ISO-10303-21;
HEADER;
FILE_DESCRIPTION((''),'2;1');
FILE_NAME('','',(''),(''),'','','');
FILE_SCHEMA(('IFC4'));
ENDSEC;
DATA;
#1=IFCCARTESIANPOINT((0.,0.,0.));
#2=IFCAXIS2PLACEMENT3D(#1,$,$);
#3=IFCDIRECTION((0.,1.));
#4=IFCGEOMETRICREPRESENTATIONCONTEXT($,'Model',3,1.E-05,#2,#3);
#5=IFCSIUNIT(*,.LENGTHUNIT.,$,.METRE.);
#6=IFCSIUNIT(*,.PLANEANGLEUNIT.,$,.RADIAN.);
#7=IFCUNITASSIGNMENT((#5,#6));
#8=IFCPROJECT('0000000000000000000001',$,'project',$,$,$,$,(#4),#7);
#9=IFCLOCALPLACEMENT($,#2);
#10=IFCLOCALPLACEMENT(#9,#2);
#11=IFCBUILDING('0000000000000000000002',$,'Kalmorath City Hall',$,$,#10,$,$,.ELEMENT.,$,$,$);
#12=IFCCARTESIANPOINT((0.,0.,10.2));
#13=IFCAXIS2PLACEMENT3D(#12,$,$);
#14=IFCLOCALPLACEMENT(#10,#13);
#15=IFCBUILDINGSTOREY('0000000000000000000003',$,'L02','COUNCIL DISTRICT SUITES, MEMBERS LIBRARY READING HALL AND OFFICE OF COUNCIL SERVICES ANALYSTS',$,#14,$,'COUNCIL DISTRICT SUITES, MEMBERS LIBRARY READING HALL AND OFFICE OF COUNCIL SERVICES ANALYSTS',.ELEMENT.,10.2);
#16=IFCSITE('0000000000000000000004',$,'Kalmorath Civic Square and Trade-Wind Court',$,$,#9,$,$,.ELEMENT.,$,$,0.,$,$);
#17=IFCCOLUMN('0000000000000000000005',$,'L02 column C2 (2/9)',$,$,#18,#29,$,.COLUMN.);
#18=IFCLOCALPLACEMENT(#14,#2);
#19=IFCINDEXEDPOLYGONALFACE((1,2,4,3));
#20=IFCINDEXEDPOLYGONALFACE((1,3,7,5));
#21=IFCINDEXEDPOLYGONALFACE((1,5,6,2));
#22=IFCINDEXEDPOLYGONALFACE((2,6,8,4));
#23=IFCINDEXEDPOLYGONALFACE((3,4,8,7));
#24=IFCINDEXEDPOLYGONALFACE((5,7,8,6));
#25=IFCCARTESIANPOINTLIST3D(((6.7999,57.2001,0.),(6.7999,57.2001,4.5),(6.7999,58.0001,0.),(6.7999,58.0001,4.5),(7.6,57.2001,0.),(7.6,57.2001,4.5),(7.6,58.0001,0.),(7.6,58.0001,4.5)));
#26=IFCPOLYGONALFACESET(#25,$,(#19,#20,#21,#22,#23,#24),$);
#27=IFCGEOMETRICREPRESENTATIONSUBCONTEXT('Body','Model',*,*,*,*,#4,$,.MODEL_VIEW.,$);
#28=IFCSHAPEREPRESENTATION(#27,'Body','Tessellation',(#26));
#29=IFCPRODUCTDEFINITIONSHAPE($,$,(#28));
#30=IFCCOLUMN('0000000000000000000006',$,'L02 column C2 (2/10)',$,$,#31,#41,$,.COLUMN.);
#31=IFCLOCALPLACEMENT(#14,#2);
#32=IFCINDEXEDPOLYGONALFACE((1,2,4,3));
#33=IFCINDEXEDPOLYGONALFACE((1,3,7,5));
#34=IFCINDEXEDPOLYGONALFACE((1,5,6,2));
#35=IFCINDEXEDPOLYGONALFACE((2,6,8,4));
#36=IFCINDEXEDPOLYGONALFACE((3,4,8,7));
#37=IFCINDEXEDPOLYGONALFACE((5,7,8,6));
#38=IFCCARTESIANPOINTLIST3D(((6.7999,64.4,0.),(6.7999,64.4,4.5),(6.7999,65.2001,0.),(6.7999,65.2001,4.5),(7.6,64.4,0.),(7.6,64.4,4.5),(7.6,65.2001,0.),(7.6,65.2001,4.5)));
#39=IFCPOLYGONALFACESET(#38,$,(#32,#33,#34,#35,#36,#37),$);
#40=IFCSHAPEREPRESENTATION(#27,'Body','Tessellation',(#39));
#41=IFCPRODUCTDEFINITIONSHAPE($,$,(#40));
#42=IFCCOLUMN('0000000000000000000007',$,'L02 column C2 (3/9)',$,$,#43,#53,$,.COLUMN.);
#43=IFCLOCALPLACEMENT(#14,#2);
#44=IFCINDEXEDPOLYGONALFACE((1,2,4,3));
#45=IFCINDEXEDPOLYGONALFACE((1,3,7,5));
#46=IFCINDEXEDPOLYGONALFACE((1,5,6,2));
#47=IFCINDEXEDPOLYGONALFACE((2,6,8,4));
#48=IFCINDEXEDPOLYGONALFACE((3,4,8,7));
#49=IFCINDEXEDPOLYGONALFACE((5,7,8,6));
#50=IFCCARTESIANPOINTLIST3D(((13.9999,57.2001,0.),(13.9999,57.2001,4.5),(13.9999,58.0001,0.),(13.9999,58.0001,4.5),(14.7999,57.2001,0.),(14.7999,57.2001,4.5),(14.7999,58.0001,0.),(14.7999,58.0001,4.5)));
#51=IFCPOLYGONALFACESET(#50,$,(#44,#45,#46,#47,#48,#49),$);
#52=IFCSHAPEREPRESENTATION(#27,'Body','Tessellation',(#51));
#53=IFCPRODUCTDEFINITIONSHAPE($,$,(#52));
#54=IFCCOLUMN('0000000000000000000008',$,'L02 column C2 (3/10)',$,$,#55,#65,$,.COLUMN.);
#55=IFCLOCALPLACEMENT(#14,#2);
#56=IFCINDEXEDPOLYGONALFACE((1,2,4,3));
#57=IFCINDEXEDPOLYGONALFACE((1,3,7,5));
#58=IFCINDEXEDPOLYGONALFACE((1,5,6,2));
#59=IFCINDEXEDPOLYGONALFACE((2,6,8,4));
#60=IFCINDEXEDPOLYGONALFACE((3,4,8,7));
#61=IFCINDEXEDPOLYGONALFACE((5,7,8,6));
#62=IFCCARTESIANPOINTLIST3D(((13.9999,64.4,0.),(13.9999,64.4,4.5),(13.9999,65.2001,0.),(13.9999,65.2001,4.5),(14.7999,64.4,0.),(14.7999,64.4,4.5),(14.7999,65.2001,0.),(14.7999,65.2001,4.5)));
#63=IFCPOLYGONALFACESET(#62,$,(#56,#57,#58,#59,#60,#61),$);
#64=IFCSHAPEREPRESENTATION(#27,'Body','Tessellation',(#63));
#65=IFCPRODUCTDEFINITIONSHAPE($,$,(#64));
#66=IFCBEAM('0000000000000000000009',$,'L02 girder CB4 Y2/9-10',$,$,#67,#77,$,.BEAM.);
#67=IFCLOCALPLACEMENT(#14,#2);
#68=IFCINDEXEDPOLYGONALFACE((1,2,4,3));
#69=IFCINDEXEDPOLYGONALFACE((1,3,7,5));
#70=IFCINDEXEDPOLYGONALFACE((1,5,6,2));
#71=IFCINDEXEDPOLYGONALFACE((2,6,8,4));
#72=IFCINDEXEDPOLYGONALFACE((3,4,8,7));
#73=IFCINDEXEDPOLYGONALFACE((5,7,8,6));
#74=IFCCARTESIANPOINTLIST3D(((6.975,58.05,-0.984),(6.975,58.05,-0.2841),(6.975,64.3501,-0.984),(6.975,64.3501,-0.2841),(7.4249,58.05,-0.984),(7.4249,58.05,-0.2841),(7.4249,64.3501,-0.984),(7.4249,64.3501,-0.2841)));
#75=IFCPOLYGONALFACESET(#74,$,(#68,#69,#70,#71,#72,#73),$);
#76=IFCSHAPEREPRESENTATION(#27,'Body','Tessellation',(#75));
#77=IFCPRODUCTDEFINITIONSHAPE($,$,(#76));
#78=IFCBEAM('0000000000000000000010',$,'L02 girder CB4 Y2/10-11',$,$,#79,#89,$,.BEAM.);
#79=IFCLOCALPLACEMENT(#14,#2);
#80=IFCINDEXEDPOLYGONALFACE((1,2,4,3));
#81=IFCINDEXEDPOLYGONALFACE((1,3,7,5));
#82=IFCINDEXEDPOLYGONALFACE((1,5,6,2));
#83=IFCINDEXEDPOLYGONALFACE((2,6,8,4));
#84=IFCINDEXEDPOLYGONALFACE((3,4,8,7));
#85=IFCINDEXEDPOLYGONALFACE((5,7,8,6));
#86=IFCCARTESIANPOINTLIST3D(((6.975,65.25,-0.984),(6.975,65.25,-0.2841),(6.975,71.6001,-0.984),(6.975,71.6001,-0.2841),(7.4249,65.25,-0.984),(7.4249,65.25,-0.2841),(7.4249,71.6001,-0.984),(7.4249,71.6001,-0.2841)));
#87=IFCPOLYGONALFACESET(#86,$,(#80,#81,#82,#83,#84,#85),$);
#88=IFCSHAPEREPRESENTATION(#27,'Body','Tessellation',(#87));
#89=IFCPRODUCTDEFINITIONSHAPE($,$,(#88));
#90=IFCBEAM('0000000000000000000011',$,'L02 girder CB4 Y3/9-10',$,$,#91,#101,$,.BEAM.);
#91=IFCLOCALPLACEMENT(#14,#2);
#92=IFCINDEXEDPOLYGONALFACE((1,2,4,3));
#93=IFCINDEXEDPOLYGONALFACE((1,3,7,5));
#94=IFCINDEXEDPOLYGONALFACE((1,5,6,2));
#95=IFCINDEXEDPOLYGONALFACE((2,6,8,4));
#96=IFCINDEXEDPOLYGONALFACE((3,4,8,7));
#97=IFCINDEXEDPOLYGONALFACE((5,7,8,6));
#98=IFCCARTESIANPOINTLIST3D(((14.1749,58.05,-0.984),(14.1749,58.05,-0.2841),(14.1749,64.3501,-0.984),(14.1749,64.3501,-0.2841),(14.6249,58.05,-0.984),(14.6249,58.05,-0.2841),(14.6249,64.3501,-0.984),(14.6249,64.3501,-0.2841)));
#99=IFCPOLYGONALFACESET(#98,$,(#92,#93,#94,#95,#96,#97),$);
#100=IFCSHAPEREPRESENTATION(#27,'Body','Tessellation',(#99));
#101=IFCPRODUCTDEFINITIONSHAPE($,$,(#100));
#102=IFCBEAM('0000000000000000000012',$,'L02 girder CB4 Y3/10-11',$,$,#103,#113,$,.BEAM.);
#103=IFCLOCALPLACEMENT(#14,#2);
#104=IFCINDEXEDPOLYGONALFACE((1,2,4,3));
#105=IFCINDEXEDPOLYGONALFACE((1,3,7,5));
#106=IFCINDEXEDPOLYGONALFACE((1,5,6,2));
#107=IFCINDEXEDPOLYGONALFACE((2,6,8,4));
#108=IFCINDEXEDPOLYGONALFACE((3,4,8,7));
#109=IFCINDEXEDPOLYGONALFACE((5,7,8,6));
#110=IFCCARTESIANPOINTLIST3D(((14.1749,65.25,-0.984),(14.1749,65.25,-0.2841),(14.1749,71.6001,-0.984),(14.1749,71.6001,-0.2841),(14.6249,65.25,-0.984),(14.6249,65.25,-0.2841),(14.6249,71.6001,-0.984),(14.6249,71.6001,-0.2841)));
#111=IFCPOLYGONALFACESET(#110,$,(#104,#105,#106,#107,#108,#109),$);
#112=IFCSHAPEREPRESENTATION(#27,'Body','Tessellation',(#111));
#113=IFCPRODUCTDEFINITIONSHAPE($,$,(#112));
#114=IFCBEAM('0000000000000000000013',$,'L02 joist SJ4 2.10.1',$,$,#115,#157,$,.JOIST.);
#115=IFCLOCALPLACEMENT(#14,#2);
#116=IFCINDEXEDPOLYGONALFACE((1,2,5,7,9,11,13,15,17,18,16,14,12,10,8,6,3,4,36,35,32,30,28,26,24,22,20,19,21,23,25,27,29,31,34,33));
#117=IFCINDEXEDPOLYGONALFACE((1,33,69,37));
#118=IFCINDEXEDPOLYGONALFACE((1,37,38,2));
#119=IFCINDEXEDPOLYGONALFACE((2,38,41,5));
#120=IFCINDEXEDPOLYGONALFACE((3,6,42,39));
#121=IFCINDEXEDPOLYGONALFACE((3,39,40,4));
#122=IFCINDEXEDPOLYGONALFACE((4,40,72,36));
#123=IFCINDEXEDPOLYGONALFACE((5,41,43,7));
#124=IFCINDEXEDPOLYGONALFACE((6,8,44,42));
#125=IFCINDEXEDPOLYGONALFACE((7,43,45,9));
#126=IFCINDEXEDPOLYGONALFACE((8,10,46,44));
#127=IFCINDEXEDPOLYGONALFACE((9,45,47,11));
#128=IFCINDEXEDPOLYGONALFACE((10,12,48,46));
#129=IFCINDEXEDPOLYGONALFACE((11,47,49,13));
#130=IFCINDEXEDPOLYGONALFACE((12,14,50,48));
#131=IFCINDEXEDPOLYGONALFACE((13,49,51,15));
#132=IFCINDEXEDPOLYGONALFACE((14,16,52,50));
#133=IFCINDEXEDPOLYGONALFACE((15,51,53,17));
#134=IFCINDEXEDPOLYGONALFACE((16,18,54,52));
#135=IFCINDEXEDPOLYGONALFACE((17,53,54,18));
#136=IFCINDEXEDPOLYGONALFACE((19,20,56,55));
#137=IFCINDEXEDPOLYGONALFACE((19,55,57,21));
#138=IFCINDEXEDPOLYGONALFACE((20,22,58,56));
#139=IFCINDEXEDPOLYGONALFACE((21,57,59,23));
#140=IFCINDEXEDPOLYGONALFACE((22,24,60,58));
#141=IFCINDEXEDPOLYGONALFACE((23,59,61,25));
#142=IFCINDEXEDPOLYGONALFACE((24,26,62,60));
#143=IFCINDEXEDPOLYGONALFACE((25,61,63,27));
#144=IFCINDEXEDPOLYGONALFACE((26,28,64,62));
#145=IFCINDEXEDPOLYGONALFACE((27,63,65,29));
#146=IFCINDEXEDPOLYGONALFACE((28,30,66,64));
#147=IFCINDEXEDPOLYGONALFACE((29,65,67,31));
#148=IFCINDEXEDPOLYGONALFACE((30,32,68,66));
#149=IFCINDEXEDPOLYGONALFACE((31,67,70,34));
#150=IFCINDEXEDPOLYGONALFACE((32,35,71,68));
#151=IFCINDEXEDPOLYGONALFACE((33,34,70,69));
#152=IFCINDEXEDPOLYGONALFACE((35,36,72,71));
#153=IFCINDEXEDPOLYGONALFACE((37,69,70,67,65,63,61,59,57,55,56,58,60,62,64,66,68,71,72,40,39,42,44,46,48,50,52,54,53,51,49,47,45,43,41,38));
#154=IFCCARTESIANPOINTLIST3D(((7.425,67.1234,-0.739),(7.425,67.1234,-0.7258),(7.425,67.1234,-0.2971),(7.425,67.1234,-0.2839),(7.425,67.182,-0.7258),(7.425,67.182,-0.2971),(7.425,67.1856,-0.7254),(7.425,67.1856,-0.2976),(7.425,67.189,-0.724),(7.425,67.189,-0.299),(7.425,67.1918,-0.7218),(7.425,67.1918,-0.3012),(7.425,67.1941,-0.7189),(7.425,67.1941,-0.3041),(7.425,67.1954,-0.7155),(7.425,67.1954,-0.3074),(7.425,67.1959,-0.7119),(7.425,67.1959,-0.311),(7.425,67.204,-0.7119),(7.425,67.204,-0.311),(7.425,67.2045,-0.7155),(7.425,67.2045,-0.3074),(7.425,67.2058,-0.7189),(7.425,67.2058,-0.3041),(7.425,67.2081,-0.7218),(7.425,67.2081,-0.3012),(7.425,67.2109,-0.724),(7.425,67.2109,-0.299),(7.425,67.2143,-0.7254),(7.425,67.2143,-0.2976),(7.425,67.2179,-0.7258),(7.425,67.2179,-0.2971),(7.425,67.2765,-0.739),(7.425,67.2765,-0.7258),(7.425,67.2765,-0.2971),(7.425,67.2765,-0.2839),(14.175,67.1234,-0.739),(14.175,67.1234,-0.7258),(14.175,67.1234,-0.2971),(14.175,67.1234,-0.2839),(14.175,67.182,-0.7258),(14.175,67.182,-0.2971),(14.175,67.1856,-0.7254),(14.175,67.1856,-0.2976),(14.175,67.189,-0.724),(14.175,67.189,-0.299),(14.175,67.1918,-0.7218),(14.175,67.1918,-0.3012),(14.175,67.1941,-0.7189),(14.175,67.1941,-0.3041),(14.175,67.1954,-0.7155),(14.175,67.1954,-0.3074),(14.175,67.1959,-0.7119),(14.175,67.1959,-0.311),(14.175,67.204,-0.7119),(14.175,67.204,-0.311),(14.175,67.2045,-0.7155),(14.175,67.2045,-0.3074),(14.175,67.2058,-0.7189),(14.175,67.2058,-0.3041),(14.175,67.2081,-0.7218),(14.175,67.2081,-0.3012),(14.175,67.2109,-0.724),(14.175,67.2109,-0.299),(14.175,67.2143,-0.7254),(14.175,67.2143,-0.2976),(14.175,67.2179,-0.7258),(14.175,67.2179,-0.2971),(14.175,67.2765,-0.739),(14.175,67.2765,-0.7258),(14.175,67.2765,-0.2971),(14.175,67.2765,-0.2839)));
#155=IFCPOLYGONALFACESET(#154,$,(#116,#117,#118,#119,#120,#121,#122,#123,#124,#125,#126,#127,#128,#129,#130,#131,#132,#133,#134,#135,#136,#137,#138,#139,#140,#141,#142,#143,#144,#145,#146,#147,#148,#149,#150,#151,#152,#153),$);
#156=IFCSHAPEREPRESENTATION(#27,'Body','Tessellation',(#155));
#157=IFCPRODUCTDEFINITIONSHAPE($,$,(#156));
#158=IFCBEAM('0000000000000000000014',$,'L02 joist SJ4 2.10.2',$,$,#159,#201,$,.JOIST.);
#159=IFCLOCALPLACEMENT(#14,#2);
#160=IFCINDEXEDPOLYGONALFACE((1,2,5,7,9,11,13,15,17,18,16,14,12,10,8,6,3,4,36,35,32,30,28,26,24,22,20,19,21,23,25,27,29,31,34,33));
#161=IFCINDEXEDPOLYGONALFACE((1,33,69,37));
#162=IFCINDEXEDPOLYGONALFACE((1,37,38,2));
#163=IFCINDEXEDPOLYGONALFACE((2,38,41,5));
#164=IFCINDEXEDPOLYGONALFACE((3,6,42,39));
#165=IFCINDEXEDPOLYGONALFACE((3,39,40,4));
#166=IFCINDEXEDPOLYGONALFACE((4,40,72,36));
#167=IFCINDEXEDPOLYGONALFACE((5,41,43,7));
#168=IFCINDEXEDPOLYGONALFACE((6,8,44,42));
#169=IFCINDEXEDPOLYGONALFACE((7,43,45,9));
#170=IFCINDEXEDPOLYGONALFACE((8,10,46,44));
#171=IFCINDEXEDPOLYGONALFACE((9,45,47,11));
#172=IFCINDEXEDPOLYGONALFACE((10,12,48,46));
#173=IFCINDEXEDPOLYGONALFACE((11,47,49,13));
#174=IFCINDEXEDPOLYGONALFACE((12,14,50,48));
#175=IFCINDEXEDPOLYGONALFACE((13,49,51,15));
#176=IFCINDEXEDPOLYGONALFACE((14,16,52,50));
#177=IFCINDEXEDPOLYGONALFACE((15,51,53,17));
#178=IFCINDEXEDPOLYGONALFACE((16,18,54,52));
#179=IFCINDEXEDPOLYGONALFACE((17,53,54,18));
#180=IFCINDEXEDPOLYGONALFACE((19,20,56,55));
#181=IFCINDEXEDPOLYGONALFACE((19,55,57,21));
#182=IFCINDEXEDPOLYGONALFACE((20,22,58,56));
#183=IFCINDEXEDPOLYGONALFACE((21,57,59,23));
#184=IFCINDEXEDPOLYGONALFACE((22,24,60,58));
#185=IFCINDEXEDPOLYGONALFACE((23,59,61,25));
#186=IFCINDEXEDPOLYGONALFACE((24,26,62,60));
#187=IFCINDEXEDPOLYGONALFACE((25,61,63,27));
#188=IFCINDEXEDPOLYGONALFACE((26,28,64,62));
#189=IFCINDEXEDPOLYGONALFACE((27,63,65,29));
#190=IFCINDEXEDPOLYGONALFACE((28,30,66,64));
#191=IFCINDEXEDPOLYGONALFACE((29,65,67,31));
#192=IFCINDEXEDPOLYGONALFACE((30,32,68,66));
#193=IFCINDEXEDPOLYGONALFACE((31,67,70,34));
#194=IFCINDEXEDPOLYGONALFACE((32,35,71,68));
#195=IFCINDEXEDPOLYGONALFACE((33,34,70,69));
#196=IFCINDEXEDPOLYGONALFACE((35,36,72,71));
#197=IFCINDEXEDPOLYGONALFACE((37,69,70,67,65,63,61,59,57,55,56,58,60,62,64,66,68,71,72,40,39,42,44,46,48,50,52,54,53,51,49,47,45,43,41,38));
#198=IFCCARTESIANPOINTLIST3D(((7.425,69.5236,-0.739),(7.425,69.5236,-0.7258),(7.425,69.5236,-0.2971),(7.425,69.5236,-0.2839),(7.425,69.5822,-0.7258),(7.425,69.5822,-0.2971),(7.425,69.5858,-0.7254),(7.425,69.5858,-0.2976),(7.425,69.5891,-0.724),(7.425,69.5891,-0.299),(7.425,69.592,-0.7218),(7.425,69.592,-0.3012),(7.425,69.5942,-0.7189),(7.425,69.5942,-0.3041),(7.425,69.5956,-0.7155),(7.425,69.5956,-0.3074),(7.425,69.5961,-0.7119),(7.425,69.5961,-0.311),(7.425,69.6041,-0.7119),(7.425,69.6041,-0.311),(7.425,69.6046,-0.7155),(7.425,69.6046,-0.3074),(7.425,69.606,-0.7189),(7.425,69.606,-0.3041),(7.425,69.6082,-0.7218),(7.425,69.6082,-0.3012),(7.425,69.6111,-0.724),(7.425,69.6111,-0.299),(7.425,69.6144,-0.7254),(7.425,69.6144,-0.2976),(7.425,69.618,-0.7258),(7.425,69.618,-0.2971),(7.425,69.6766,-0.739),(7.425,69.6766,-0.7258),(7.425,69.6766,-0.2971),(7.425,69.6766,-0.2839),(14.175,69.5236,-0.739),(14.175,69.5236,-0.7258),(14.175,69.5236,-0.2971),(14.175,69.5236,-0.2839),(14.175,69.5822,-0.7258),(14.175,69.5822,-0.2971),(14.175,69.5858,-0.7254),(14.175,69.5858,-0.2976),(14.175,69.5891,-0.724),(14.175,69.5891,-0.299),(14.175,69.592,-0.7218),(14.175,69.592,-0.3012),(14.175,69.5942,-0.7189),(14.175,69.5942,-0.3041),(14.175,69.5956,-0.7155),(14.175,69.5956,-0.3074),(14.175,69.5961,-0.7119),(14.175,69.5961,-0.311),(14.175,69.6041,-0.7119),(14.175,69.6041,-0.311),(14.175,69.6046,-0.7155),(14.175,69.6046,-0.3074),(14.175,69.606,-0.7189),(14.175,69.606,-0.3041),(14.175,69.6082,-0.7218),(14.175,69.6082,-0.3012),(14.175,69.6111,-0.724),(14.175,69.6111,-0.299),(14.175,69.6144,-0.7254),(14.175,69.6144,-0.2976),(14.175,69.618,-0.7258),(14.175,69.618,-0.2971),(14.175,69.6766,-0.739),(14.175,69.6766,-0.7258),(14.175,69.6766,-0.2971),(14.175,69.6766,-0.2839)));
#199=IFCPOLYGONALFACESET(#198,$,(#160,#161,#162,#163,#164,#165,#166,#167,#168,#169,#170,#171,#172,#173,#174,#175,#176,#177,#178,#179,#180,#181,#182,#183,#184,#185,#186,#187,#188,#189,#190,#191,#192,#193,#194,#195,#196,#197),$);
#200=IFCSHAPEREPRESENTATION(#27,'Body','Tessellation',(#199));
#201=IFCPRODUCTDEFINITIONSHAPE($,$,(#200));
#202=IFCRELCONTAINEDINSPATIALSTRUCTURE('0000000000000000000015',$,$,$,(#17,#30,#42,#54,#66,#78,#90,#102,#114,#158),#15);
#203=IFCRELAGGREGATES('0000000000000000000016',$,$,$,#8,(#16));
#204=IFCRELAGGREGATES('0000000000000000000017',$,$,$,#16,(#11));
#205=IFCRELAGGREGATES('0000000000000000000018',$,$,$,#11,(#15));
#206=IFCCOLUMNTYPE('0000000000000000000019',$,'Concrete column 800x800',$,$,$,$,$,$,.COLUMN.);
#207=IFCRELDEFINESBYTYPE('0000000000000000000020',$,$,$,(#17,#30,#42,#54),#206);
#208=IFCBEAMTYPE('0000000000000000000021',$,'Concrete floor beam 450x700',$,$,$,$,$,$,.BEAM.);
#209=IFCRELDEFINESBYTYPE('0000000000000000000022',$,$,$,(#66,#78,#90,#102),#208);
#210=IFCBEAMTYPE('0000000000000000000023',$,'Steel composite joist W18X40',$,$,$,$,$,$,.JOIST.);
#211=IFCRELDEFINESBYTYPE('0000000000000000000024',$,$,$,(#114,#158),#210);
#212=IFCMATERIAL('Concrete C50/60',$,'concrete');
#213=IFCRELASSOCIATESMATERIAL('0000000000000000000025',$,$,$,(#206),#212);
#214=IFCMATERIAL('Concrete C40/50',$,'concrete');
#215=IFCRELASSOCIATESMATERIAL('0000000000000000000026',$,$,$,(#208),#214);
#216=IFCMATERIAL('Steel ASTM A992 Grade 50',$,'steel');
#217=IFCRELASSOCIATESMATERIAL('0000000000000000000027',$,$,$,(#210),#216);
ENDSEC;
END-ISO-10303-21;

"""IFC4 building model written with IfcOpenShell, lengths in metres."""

from ifc_helpers import new_model, si_unit, direction, frame, origin, origin_2d, place, context, subcontext, project, spatial, rectangle, i_section, extrude, material, material_profile, profile_set, type_object, element, save


model = new_model("IFC4")

# Units and contexts
model_context = context("Model", 3, precision=1e-05, world=origin(), true_north=direction((0.0, 1.0)))
body_context = subcontext(model_context, "Body", "Model", "MODEL_VIEW")
ifc_project = project(units=[si_unit("LENGTHUNIT", "METRE"), si_unit("PLANEANGLEUNIT", "RADIAN")], contexts=[model_context])

# Site, building, storey
site_placement = place(None, origin())
site = spatial("IfcSite", under=ifc_project, at=site_placement, Name="Kalmorath Civic Square and Trade-Wind Court", CompositionType="ELEMENT", RefElevation=0.0)
building_placement = place(site_placement, origin())
building = spatial("IfcBuilding", under=site, at=building_placement, Name="Kalmorath City Hall", CompositionType="ELEMENT")
storey_placement = place(building_placement, frame((0.0, 0.0, 10.2)))
storey = spatial("IfcBuildingStorey", under=building, at=storey_placement, Name="L02", Description="COUNCIL DISTRICT SUITES, MEMBERS LIBRARY READING HALL AND OFFICE OF COUNCIL SERVICES ANALYSTS", LongName="COUNCIL DISTRICT SUITES, MEMBERS LIBRARY READING HALL AND OFFICE OF COUNCIL SERVICES ANALYSTS", CompositionType="ELEMENT", Elevation=10.2)

# Columns
ifc_material_1 = material(Name="Concrete C50/60", Category="concrete")
ifc_material_profile_1 = material_profile(ifc_material_1, rectangle(XDim=0.8, YDim=0.8, at=origin_2d()), Name="RC-COL-800X800")
ifc_profile_set_1 = profile_set([ifc_material_profile_1], Name="Concrete C50/60")
column_type = type_object("IfcColumnType", Name="Concrete column 800x800", PredefinedType="COLUMN", material=ifc_profile_set_1)
for number, where, z_axis, x_axis, name in (
    (1, (7.2, 57.6001, 0.0), (0.0, 0.0, 1.0), (1.0, 0.0, 0.0), "L02 column C2 (2/9)"),
    (2, (7.2, 64.8, 0.0), (0.0, 0.0, 1.0), (1.0, 0.0, 0.0), "L02 column C2 (2/10)"),
    (3, (14.3999, 57.6001, 0.0), (0.0, 0.0, 1.0), (1.0, 0.0, 0.0), "L02 column C2 (3/9)"),
    (4, (14.3999, 64.8, 0.0), (0.0, 0.0, 1.0), (1.0, 0.0, 0.0), "L02 column C2 (3/10)"),
):
    element("IfcColumn", number, at=place(storey_placement, frame(where, z_axis=z_axis, x_axis=x_axis)), inside=storey, type_object=column_type, Name=name, PredefinedType="COLUMN", context=body_context, shape_type="SweptSolid", body=[
        extrude(rectangle(XDim=0.8, YDim=0.8, at=origin_2d()), origin(), (0.0, 0.0, 1.0), 4.5),
    ])

# Beams
ifc_material_2 = material(Name="Concrete C40/50", Category="concrete")
ifc_material_profile_2 = material_profile(ifc_material_2, rectangle(XDim=0.45, YDim=0.7, at=origin_2d()), Name="RC-BM-450X700")
ifc_profile_set_2 = profile_set([ifc_material_profile_2], Name="Concrete C40/50")
beam_type_1 = type_object("IfcBeamType", Name="Concrete floor beam 450x700", PredefinedType="BEAM", material=ifc_profile_set_2)
beam_1_placement = place(storey_placement, frame((7.2, 58.05, -0.634), z_axis=(0.0, 1.0, 0.0), x_axis=(-1.0, 0.0, 0.0)))
element("IfcBeam", 5, at=beam_1_placement, inside=storey, type_object=beam_type_1, Name="L02 girder CB4 Y2/9-10", PredefinedType="BEAM", context=body_context, shape_type="SweptSolid", body=[
    extrude(rectangle(XDim=0.45, YDim=0.7, at=origin_2d()), origin(), (0.0, 0.0, 1.0), 6.3),
])
beam_2_placement = place(storey_placement, frame((7.2, 65.25, -0.634), z_axis=(0.0, 1.0, 0.0), x_axis=(-1.0, 0.0, 0.0)))
element("IfcBeam", 6, at=beam_2_placement, inside=storey, type_object=beam_type_1, Name="L02 girder CB4 Y2/10-11", PredefinedType="BEAM", context=body_context, shape_type="SweptSolid", body=[
    extrude(rectangle(XDim=0.45, YDim=0.7, at=origin_2d()), origin(), (0.0, 0.0, 1.0), 6.3501),
])
beam_3_placement = place(storey_placement, frame((14.3999, 58.05, -0.634), z_axis=(0.0, 1.0, 0.0), x_axis=(-1.0, 0.0, 0.0)))
element("IfcBeam", 7, at=beam_3_placement, inside=storey, type_object=beam_type_1, Name="L02 girder CB4 Y3/9-10", PredefinedType="BEAM", context=body_context, shape_type="SweptSolid", body=[
    extrude(rectangle(XDim=0.45, YDim=0.7, at=origin_2d()), origin(), (0.0, 0.0, 1.0), 6.3),
])
beam_4_placement = place(storey_placement, frame((14.3999, 65.25, -0.634), z_axis=(0.0, 1.0, 0.0), x_axis=(-1.0, 0.0, 0.0)))
element("IfcBeam", 8, at=beam_4_placement, inside=storey, type_object=beam_type_1, Name="L02 girder CB4 Y3/10-11", PredefinedType="BEAM", context=body_context, shape_type="SweptSolid", body=[
    extrude(rectangle(XDim=0.45, YDim=0.7, at=origin_2d()), origin(), (0.0, 0.0, 1.0), 6.3501),
])
ifc_material_3 = material(Name="Steel ASTM A992 Grade 50", Category="steel")
ifc_material_profile_3 = material_profile(ifc_material_3, i_section(OverallWidth=0.1531, OverallDepth=0.4551, WebThickness=0.0081, FlangeThickness=0.0132, FilletRadius=0.0139, at=origin_2d()), Name="W18X40")
ifc_profile_set_3 = profile_set([ifc_material_profile_3], Name="Steel ASTM A992 Grade 50")
beam_type_2 = type_object("IfcBeamType", Name="Steel composite joist W18X40", PredefinedType="JOIST", material=ifc_profile_set_3)
for number, where, z_axis, x_axis, name in (
    (9, (7.425, 67.2, -0.5115), (1.0, 0.0, 0.0), (0.0, 1.0, 0.0), "L02 joist SJ4 2.10.1"),
    (10, (7.425, 69.6001, -0.5115), (1.0, 0.0, 0.0), (0.0, 1.0, 0.0), "L02 joist SJ4 2.10.2"),
):
    element("IfcBeam", number, at=place(storey_placement, frame(where, z_axis=z_axis, x_axis=x_axis)), inside=storey, type_object=beam_type_2, Name=name, PredefinedType="JOIST", context=body_context, shape_type="SweptSolid", body=[
        extrude(i_section(OverallWidth=0.1531, OverallDepth=0.4551, WebThickness=0.0081, FlangeThickness=0.0132, FilletRadius=0.0139, at=origin_2d()), origin(), (0.0, 0.0, 1.0), 6.75),
    ])

save(model, "model.ifc")
